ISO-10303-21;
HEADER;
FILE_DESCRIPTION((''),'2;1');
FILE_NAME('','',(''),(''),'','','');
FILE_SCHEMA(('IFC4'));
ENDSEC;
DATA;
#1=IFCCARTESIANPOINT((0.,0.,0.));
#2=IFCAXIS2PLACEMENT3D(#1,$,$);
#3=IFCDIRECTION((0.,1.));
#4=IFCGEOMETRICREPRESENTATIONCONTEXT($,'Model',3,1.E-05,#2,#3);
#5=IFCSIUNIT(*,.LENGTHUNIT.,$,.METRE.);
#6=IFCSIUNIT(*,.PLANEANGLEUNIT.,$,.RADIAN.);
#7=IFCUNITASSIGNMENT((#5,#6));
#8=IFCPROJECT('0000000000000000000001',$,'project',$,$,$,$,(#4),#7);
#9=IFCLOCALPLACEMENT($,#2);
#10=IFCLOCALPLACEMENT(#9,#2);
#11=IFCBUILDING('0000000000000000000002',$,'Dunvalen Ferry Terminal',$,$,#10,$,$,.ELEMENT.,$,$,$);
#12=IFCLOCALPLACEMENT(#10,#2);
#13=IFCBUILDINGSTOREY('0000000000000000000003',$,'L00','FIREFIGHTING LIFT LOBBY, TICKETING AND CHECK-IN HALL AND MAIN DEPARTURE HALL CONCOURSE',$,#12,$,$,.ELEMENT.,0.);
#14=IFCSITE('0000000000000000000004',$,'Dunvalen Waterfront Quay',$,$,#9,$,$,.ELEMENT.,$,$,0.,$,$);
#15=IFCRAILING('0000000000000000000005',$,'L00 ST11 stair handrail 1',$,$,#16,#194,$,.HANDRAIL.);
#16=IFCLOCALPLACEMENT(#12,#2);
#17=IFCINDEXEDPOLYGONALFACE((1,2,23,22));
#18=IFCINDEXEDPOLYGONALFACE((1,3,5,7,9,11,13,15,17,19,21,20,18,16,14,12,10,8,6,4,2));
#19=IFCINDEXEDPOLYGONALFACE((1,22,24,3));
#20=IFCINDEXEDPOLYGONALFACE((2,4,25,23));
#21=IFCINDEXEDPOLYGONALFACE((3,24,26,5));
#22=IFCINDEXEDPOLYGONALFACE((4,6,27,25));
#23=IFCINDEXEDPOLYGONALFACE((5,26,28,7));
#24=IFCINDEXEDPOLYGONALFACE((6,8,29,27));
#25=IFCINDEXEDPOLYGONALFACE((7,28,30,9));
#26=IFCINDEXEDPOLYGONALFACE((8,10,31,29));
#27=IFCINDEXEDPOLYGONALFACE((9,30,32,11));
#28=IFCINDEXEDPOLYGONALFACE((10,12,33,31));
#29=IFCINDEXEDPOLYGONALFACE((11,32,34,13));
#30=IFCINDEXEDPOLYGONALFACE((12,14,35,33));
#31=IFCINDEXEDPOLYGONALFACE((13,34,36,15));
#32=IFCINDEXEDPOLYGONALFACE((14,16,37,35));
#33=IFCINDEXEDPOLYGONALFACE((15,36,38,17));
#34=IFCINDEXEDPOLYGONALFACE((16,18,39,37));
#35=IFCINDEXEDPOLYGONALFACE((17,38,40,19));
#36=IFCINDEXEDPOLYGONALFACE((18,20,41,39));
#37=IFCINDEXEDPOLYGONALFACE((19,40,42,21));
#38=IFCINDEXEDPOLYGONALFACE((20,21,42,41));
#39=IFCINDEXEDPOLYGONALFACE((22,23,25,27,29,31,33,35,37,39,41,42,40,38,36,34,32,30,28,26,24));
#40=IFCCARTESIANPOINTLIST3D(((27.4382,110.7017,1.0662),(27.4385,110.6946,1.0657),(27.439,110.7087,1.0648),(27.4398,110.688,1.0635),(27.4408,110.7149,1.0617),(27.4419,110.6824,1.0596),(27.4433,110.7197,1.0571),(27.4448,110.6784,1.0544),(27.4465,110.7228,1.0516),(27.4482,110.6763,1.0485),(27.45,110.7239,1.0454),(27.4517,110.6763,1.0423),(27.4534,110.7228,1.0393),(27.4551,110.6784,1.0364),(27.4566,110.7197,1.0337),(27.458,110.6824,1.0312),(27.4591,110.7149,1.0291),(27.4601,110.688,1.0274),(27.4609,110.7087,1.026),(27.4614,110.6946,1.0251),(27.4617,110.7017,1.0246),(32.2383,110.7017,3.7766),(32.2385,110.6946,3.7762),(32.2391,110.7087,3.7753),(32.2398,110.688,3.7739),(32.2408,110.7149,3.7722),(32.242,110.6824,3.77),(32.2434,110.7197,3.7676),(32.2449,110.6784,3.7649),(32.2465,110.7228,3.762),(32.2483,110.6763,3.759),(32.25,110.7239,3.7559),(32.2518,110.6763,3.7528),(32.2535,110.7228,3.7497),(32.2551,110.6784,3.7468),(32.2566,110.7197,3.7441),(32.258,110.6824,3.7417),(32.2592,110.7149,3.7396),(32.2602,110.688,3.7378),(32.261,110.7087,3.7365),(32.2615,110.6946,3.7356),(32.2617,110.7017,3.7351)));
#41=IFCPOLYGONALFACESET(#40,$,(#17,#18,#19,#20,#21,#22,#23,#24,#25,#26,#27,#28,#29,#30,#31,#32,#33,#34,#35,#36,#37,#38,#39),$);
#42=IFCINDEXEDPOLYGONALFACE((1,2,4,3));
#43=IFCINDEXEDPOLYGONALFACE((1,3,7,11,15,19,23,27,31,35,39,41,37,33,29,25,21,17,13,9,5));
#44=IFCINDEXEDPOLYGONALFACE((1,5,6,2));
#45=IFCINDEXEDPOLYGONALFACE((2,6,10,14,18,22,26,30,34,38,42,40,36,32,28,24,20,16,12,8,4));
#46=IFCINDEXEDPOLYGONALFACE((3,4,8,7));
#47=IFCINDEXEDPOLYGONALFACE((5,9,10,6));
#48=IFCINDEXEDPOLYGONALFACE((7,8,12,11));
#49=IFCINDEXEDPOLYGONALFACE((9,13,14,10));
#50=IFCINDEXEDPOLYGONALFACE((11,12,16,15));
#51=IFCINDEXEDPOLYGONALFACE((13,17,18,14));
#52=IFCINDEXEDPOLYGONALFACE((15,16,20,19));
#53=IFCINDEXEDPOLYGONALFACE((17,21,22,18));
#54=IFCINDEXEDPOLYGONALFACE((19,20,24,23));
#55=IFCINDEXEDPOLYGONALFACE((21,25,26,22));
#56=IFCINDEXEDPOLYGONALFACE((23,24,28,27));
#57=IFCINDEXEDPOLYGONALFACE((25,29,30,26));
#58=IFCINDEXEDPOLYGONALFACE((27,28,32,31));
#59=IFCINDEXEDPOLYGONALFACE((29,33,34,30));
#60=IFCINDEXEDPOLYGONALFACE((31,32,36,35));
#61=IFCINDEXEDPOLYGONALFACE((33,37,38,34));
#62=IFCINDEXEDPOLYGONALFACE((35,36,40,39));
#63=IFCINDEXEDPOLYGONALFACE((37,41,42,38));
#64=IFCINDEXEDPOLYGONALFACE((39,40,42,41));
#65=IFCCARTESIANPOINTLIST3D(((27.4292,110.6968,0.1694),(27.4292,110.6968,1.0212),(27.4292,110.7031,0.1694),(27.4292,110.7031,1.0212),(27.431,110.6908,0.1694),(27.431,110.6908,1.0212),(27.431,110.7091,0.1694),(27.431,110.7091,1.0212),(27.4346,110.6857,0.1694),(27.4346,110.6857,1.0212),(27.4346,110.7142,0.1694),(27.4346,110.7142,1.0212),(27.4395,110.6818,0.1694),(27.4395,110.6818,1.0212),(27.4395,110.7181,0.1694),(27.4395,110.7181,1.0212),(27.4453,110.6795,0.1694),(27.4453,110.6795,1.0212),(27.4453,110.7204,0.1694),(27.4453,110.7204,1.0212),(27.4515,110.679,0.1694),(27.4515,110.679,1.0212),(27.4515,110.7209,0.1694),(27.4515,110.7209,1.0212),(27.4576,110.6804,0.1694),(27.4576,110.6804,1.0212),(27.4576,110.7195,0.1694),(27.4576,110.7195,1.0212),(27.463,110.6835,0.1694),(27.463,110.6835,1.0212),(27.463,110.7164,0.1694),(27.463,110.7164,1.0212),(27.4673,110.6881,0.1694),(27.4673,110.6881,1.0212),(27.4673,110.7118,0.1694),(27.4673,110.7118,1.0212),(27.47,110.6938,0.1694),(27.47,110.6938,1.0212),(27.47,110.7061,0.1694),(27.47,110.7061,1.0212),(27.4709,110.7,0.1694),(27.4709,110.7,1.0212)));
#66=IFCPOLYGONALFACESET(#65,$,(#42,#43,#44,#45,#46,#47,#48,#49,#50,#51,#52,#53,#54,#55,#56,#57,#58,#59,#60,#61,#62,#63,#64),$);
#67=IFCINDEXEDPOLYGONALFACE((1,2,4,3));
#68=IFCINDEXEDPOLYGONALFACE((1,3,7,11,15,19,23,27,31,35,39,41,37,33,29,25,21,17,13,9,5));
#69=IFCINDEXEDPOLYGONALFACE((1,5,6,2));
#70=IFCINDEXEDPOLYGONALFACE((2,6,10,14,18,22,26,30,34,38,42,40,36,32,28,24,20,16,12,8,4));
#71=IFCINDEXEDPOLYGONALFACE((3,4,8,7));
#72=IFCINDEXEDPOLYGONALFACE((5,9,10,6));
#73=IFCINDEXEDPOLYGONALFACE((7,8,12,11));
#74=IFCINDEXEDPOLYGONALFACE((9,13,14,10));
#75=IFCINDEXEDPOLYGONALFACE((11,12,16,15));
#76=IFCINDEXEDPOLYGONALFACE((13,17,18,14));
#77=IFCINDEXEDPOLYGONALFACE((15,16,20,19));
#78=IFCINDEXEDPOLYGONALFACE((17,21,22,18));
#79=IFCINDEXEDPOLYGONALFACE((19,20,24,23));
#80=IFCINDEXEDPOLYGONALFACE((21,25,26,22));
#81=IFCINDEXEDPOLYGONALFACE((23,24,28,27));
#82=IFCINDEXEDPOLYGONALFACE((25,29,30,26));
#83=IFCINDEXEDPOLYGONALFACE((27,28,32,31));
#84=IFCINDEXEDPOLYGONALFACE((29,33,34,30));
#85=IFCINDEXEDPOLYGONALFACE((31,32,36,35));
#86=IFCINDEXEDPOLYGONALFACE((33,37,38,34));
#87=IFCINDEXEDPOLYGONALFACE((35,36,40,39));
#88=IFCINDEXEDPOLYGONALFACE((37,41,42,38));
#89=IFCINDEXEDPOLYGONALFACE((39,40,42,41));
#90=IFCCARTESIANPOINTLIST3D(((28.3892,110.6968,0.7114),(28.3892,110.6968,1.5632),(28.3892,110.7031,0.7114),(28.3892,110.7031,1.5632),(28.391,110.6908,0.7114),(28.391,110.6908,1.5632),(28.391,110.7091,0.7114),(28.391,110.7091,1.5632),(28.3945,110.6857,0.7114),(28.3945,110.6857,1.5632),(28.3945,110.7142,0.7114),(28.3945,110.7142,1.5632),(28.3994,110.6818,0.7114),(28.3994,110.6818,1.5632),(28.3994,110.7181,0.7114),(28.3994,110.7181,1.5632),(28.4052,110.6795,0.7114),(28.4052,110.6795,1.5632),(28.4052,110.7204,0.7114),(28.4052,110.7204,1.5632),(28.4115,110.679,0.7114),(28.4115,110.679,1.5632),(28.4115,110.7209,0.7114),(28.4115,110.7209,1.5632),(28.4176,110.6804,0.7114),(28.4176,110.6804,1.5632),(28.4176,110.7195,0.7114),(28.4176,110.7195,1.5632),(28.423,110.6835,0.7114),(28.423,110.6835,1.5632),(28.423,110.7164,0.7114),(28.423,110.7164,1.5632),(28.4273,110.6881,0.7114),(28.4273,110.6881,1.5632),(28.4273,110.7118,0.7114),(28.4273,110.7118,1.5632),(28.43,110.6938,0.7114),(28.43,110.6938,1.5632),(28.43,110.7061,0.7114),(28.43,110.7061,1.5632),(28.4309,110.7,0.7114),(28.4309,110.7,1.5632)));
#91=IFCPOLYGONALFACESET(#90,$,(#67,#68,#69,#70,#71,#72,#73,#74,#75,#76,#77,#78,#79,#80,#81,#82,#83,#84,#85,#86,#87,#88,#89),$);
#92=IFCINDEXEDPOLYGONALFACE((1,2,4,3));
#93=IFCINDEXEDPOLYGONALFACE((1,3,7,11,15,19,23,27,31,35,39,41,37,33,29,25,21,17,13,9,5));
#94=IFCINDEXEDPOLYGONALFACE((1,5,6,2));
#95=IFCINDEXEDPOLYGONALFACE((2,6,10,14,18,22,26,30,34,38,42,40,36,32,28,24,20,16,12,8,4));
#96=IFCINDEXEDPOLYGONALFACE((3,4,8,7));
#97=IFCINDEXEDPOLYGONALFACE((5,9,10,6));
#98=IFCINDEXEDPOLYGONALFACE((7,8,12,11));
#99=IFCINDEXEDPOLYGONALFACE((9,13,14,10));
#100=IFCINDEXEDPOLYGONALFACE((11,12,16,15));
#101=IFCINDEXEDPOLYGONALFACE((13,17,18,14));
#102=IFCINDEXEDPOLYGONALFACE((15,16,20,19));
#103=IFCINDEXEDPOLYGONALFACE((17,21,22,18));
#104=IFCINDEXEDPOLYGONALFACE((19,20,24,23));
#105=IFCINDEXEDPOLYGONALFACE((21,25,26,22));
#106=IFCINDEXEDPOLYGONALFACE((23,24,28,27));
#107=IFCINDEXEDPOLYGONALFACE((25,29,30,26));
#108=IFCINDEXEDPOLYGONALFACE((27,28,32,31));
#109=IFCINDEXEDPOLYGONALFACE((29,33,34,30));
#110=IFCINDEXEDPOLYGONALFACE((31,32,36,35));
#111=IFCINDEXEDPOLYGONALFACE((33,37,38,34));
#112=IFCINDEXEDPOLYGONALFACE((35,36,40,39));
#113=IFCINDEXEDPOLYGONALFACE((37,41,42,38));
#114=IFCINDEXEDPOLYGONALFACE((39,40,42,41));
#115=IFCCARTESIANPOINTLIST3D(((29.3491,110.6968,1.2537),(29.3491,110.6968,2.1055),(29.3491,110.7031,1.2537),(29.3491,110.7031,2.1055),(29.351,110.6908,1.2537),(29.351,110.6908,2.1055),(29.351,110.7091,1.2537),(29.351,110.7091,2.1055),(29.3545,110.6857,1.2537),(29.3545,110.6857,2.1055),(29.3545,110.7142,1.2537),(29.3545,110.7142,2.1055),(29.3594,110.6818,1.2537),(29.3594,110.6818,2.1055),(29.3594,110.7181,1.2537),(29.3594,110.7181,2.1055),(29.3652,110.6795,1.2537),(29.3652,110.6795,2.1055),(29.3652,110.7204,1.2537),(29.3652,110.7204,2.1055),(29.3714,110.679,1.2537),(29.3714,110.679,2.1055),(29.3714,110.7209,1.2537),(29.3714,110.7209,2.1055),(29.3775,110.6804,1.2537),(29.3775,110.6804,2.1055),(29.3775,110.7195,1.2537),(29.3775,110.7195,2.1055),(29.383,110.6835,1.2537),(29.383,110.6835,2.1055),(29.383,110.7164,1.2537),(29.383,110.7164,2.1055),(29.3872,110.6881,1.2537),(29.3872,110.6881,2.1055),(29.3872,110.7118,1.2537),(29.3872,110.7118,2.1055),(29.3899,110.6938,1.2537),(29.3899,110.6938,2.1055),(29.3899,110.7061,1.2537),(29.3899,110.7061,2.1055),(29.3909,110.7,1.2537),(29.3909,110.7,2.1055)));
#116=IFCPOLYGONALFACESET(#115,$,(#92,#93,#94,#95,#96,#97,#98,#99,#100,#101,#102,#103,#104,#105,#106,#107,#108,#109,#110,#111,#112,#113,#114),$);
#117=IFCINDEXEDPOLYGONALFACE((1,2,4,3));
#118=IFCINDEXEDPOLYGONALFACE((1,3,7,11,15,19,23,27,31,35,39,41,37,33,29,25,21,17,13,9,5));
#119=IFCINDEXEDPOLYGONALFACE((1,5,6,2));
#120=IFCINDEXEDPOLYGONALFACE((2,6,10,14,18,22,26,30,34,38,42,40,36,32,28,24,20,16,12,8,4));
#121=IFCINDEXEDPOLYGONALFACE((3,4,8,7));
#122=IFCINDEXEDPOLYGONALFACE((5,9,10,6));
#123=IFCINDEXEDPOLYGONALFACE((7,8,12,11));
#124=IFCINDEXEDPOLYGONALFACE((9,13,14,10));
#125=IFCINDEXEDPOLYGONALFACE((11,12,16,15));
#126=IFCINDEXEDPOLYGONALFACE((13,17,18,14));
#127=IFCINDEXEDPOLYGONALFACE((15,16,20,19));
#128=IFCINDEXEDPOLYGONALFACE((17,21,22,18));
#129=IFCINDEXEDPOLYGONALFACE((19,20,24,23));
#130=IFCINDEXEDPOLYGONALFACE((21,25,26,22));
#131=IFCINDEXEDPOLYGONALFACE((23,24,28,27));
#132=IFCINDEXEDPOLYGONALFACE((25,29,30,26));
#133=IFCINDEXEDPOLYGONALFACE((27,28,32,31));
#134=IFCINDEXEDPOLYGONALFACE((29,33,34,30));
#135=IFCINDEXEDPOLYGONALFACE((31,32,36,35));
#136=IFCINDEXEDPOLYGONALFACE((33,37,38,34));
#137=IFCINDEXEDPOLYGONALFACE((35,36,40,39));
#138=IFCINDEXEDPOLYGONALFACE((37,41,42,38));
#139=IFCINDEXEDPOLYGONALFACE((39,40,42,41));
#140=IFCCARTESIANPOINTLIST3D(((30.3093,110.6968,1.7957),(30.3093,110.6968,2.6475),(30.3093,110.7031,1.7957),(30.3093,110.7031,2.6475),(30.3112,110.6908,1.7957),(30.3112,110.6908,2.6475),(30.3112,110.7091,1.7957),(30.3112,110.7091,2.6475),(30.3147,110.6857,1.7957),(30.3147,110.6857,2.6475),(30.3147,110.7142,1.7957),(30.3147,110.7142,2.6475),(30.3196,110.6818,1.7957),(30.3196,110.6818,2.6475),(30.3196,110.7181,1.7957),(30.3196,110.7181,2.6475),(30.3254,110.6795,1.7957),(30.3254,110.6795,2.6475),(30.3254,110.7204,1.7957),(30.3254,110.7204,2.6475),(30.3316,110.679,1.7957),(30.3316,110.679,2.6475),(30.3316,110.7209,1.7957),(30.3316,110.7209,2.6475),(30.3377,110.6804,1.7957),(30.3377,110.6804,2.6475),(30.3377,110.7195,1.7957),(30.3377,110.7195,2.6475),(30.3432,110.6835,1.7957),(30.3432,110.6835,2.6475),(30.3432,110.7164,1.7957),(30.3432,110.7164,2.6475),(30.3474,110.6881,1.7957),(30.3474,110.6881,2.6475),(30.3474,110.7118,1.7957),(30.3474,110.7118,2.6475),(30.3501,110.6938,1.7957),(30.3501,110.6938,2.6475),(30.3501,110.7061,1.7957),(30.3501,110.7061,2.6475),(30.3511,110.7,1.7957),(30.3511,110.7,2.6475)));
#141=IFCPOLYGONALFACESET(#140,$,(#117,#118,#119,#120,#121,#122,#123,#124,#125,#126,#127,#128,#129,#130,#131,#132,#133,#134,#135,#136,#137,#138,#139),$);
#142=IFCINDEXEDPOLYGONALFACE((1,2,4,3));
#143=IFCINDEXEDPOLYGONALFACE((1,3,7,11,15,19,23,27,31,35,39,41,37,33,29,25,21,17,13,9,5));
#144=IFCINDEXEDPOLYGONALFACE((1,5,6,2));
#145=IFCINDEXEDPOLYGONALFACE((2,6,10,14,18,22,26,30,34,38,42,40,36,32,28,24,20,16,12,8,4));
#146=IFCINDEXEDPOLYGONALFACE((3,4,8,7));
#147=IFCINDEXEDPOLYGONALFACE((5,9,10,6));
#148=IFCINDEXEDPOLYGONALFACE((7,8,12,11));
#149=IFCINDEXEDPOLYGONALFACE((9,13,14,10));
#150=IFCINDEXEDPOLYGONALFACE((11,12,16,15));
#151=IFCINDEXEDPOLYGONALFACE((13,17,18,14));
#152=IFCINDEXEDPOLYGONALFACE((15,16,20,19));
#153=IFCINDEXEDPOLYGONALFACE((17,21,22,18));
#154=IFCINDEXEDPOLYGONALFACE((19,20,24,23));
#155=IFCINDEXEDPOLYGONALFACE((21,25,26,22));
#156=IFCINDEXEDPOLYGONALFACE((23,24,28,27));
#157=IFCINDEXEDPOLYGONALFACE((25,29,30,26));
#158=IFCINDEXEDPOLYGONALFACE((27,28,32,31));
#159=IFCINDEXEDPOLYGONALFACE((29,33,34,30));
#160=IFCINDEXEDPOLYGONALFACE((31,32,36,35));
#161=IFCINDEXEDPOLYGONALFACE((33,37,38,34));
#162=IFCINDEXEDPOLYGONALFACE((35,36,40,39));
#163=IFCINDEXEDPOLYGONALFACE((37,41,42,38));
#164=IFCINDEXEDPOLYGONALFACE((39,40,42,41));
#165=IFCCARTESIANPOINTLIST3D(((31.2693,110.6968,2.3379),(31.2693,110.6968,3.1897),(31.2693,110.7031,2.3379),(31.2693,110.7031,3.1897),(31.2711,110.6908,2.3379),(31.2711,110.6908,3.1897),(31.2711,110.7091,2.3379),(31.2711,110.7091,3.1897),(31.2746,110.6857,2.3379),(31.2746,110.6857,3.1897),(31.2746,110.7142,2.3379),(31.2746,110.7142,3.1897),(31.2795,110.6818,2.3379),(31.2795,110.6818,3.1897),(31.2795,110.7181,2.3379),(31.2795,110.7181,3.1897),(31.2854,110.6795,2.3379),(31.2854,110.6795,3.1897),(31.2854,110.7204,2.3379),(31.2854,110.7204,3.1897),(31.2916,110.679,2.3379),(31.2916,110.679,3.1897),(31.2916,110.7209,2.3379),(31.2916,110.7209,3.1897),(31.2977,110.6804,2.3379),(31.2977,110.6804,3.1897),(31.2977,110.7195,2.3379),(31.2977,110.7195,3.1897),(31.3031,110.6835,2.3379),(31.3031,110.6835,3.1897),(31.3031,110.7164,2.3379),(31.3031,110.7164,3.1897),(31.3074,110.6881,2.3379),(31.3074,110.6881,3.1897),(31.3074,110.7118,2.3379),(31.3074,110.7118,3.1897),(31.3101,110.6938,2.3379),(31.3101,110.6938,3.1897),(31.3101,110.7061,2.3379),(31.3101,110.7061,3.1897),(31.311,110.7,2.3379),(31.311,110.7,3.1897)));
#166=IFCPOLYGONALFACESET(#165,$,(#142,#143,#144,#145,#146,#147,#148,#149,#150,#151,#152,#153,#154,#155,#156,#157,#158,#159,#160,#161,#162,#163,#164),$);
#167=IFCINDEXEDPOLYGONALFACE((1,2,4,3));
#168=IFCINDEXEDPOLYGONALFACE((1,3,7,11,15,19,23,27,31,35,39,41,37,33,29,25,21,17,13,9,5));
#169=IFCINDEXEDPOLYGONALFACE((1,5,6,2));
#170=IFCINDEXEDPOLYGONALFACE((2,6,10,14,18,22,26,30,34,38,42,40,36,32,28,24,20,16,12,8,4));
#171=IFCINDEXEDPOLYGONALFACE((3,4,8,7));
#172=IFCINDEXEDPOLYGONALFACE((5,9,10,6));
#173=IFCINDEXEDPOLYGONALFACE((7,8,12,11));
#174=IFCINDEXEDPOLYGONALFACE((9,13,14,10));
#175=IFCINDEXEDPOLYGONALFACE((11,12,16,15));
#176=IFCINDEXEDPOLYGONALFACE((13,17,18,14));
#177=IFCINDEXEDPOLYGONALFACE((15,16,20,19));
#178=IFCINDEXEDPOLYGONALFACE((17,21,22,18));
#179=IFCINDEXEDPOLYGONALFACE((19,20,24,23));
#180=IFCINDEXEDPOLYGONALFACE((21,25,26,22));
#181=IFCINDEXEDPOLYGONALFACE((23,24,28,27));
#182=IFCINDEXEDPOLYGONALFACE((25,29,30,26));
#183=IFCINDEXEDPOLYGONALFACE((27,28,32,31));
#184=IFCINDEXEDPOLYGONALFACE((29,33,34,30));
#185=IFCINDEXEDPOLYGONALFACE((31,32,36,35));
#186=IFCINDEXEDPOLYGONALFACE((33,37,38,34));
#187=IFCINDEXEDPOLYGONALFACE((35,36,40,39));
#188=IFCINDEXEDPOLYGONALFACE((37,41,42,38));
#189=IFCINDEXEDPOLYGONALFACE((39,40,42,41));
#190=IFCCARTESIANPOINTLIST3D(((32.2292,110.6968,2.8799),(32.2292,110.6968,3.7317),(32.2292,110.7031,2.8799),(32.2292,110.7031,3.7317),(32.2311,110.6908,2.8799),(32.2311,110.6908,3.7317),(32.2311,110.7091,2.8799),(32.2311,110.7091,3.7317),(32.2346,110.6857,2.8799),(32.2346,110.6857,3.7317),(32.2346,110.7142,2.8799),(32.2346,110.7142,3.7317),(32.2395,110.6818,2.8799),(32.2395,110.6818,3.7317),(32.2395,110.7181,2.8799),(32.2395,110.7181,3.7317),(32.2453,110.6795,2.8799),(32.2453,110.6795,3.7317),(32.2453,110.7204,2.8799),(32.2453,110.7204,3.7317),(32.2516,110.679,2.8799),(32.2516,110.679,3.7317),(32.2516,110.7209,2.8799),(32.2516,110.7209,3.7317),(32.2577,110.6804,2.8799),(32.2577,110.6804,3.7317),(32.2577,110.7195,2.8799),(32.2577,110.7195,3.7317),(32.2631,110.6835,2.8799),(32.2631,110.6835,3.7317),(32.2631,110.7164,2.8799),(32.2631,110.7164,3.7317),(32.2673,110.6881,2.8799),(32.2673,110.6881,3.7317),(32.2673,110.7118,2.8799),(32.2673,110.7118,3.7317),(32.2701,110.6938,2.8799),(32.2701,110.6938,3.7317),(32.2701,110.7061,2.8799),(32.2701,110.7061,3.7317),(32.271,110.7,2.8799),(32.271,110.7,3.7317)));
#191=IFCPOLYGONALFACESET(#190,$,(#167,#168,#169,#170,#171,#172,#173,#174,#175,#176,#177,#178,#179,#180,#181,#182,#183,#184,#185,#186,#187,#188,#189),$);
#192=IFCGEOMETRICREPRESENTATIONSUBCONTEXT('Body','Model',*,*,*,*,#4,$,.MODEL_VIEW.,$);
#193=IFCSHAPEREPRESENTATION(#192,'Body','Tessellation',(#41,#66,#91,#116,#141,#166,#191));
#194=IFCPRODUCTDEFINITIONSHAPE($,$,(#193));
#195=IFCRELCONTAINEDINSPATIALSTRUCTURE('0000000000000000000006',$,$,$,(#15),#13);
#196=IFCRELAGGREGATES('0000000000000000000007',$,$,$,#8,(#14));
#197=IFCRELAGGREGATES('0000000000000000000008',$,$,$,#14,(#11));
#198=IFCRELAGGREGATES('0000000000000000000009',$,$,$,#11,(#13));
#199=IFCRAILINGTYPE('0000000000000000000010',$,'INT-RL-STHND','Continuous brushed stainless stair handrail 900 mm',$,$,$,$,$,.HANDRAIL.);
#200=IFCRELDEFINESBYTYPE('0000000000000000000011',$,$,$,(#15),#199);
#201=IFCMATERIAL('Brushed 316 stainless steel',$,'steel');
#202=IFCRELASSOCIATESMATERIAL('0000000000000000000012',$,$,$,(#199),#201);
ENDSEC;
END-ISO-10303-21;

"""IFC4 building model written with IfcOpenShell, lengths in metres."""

from ifc_helpers import new_model, si_unit, direction, frame, origin, origin_2d, place, context, subcontext, project, spatial, circle, extrude, material, type_object, element, save


model = new_model("IFC4")

# Units and contexts
model_context = context("Model", 3, precision=1e-05, world=origin(), true_north=direction((0.0, 1.0)))
body_context = subcontext(model_context, "Body", "Model", "MODEL_VIEW")
ifc_project = project(units=[si_unit("LENGTHUNIT", "METRE"), si_unit("PLANEANGLEUNIT", "RADIAN")], contexts=[model_context])

# Site, building, storey
site_placement = place(None, origin())
site = spatial("IfcSite", under=ifc_project, at=site_placement, Name="Dunvalen Waterfront Quay", CompositionType="ELEMENT", RefElevation=0.0)
building_placement = place(site_placement, origin())
building = spatial("IfcBuilding", under=site, at=building_placement, Name="Dunvalen Ferry Terminal", CompositionType="ELEMENT")
storey_placement = place(building_placement, origin())
storey = spatial("IfcBuildingStorey", under=building, at=storey_placement, Name="L00", Description="FIREFIGHTING LIFT LOBBY, TICKETING AND CHECK-IN HALL AND MAIN DEPARTURE HALL CONCOURSE", CompositionType="ELEMENT", Elevation=0.0)

# Railing
ifc_material_1 = material(Name="Brushed 316 stainless steel", Category="steel")
railing_type_1 = type_object("IfcRailingType", Name="INT-RL-STHND", Description="Continuous brushed stainless stair handrail 900 mm", PredefinedType="HANDRAIL", material=ifc_material_1)
railing_1_placement = place(storey_placement, frame((27.45, 110.7, 0.1694)))
element("IfcRailing", 1, at=railing_1_placement, inside=storey, type_object=railing_type_1, Name="L00 ST11 stair handrail 1", PredefinedType="HANDRAIL", context=body_context, shape_type="SweptSolid", body=[
    extrude(circle(Radius=0.0239, at=origin_2d()), frame((0.0, 0.0, 0.876), z_axis=(0.870767, 0.0, 0.491697), x_axis=(0.0, 1.0, 0.0)), (0.0, 0.0, 1.0), 5.5125),
    extrude(circle(Radius=0.021, at=origin_2d()), origin(), (0.0, 0.0, 1.0), 0.8518),
    extrude(circle(Radius=0.021, at=origin_2d()), frame((0.96, 0.0, 0.542)), (0.0, 0.0, 1.0), 0.8518),
    extrude(circle(Radius=0.021, at=origin_2d()), frame((1.9199, 0.0, 1.0842)), (0.0, 0.0, 1.0), 0.8518),
    extrude(circle(Radius=0.021, at=origin_2d()), frame((2.8801, 0.0, 1.6262)), (0.0, 0.0, 1.0), 0.8518),
    extrude(circle(Radius=0.021, at=origin_2d()), frame((3.8401, 0.0, 2.1685)), (0.0, 0.0, 1.0), 0.8518),
    extrude(circle(Radius=0.021, at=origin_2d()), frame((4.8, 0.0, 2.7104)), (0.0, 0.0, 1.0), 0.8518),
])

save(model, "model.ifc")
